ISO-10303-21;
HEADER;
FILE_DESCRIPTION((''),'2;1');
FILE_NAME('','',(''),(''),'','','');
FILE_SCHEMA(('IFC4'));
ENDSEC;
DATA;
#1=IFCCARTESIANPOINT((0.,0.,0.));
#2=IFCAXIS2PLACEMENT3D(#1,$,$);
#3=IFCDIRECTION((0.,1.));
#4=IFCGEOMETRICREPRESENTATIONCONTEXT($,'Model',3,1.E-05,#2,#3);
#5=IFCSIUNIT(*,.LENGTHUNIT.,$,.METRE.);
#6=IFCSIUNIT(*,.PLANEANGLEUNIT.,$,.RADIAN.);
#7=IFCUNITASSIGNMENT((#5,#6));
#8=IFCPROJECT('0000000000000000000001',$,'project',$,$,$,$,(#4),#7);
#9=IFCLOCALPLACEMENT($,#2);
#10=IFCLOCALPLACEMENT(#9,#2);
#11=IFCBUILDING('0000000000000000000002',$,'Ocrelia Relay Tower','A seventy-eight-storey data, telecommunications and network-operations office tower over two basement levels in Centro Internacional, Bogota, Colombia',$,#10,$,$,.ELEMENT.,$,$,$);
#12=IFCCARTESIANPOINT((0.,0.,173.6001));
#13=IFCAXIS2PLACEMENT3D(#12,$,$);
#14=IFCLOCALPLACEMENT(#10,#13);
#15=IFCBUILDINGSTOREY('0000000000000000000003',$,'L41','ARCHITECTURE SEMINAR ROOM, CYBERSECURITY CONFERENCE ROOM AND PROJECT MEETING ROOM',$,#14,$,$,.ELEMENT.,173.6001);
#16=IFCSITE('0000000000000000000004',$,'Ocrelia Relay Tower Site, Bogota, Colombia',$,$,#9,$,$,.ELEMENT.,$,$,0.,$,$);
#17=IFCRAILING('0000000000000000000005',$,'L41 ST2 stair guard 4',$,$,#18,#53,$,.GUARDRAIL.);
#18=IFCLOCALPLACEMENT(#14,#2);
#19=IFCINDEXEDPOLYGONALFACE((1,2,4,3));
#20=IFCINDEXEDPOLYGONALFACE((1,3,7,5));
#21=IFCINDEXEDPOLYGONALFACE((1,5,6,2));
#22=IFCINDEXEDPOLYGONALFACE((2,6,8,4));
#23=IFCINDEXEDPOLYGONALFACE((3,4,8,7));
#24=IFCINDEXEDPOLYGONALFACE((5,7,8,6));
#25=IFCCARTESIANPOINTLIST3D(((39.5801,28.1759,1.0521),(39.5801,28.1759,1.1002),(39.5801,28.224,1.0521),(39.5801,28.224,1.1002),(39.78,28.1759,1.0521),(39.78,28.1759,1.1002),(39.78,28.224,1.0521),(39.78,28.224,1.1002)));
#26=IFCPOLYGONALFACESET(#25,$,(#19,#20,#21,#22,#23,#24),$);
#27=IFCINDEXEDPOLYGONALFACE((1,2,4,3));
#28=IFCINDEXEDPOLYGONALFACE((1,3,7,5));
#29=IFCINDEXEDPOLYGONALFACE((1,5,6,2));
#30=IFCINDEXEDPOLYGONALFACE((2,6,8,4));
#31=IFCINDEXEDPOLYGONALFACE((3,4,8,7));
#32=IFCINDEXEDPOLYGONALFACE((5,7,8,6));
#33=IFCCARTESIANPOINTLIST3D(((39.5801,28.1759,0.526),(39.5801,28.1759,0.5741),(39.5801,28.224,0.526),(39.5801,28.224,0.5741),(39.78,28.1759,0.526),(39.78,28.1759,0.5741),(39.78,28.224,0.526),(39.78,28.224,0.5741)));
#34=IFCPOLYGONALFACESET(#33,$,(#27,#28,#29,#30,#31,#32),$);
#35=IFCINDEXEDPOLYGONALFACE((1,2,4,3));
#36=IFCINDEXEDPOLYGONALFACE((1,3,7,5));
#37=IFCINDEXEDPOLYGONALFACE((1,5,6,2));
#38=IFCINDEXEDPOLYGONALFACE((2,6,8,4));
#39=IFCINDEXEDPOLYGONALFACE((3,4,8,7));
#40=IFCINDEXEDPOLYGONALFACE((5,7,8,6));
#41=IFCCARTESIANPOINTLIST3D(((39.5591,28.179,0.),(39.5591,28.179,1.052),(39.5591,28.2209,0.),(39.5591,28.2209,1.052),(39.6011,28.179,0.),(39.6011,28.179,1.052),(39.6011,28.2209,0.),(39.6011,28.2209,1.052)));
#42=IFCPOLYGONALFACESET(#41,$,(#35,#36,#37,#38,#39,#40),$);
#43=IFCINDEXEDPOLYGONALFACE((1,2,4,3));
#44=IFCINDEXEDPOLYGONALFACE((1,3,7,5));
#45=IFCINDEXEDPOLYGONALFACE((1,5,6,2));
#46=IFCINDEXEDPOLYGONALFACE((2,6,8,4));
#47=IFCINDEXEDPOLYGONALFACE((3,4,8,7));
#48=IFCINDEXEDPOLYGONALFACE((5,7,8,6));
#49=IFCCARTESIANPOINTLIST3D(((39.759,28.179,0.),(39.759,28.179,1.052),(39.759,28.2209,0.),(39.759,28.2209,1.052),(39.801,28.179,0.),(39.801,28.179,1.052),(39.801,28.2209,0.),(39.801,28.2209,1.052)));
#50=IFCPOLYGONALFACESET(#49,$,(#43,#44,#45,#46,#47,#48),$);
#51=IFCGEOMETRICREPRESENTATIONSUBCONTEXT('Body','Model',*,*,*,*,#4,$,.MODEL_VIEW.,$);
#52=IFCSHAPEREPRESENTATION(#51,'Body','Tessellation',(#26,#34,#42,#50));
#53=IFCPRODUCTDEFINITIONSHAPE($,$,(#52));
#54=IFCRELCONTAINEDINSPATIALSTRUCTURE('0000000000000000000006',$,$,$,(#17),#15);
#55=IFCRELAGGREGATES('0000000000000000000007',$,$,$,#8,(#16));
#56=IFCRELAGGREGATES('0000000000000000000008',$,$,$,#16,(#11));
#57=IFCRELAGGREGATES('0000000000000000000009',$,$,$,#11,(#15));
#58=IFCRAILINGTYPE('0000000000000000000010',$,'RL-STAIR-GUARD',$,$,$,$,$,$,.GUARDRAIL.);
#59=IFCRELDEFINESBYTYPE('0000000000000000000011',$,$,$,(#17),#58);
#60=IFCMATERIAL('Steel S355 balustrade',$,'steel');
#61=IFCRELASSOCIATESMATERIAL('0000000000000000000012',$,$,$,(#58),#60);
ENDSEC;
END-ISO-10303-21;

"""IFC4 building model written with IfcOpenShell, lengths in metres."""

from ifc_helpers import new_model, si_unit, direction, frame, origin, origin_2d, place, context, subcontext, project, spatial, rectangle, extrude, material, type_object, element, save


model = new_model("IFC4")

# Units and contexts
model_context = context("Model", 3, precision=1e-05, world=origin(), true_north=direction((0.0, 1.0)))
body_context = subcontext(model_context, "Body", "Model", "MODEL_VIEW")
ifc_project = project(units=[si_unit("LENGTHUNIT", "METRE"), si_unit("PLANEANGLEUNIT", "RADIAN")], contexts=[model_context])

# Site, building, storey
site_placement = place(None, origin())
site = spatial("IfcSite", under=ifc_project, at=site_placement, Name="Ocrelia Relay Tower Site, Bogota, Colombia", CompositionType="ELEMENT", RefElevation=0.0)
building_placement = place(site_placement, origin())
building = spatial("IfcBuilding", under=site, at=building_placement, Name="Ocrelia Relay Tower", Description="A seventy-eight-storey data, telecommunications and network-operations office tower over two basement levels in Centro Internacional, Bogota, Colombia", CompositionType="ELEMENT")
storey_placement = place(building_placement, frame((0.0, 0.0, 173.6001)))
storey = spatial("IfcBuildingStorey", under=building, at=storey_placement, Name="L41", Description="ARCHITECTURE SEMINAR ROOM, CYBERSECURITY CONFERENCE ROOM AND PROJECT MEETING ROOM", CompositionType="ELEMENT", Elevation=173.6001)

# Railing
ifc_material_1 = material(Name="Steel S355 balustrade", Category="steel")
railing_type = type_object("IfcRailingType", Name="RL-STAIR-GUARD", PredefinedType="GUARDRAIL", material=ifc_material_1)
railing_placement = place(storey_placement, frame((39.5801, 28.2, 0.0)))
element("IfcRailing", 1, at=railing_placement, inside=storey, type_object=railing_type, Name="L41 ST2 stair guard 4", PredefinedType="GUARDRAIL", context=body_context, shape_type="SweptSolid", body=[
    extrude(rectangle(XDim=0.0481, YDim=0.0481, at=origin_2d()), frame((0.0, 0.0, 1.0762), z_axis=(1.0, 0.0, 0.0), x_axis=(0.0, 1.0, 0.0)), (0.0, 0.0, 1.0), 0.2),
    extrude(rectangle(XDim=0.0481, YDim=0.0481, at=origin_2d()), frame((0.0, 0.0, 0.55), z_axis=(1.0, 0.0, 0.0), x_axis=(0.0, 1.0, 0.0)), (0.0, 0.0, 1.0), 0.2),
    extrude(rectangle(XDim=0.042, YDim=0.042, at=origin_2d()), origin(), (0.0, 0.0, 1.0), 1.052),
    extrude(rectangle(XDim=0.042, YDim=0.042, at=origin_2d()), frame((0.2, 0.0, 0.0)), (0.0, 0.0, 1.0), 1.052),
])

save(model, "model.ifc")
